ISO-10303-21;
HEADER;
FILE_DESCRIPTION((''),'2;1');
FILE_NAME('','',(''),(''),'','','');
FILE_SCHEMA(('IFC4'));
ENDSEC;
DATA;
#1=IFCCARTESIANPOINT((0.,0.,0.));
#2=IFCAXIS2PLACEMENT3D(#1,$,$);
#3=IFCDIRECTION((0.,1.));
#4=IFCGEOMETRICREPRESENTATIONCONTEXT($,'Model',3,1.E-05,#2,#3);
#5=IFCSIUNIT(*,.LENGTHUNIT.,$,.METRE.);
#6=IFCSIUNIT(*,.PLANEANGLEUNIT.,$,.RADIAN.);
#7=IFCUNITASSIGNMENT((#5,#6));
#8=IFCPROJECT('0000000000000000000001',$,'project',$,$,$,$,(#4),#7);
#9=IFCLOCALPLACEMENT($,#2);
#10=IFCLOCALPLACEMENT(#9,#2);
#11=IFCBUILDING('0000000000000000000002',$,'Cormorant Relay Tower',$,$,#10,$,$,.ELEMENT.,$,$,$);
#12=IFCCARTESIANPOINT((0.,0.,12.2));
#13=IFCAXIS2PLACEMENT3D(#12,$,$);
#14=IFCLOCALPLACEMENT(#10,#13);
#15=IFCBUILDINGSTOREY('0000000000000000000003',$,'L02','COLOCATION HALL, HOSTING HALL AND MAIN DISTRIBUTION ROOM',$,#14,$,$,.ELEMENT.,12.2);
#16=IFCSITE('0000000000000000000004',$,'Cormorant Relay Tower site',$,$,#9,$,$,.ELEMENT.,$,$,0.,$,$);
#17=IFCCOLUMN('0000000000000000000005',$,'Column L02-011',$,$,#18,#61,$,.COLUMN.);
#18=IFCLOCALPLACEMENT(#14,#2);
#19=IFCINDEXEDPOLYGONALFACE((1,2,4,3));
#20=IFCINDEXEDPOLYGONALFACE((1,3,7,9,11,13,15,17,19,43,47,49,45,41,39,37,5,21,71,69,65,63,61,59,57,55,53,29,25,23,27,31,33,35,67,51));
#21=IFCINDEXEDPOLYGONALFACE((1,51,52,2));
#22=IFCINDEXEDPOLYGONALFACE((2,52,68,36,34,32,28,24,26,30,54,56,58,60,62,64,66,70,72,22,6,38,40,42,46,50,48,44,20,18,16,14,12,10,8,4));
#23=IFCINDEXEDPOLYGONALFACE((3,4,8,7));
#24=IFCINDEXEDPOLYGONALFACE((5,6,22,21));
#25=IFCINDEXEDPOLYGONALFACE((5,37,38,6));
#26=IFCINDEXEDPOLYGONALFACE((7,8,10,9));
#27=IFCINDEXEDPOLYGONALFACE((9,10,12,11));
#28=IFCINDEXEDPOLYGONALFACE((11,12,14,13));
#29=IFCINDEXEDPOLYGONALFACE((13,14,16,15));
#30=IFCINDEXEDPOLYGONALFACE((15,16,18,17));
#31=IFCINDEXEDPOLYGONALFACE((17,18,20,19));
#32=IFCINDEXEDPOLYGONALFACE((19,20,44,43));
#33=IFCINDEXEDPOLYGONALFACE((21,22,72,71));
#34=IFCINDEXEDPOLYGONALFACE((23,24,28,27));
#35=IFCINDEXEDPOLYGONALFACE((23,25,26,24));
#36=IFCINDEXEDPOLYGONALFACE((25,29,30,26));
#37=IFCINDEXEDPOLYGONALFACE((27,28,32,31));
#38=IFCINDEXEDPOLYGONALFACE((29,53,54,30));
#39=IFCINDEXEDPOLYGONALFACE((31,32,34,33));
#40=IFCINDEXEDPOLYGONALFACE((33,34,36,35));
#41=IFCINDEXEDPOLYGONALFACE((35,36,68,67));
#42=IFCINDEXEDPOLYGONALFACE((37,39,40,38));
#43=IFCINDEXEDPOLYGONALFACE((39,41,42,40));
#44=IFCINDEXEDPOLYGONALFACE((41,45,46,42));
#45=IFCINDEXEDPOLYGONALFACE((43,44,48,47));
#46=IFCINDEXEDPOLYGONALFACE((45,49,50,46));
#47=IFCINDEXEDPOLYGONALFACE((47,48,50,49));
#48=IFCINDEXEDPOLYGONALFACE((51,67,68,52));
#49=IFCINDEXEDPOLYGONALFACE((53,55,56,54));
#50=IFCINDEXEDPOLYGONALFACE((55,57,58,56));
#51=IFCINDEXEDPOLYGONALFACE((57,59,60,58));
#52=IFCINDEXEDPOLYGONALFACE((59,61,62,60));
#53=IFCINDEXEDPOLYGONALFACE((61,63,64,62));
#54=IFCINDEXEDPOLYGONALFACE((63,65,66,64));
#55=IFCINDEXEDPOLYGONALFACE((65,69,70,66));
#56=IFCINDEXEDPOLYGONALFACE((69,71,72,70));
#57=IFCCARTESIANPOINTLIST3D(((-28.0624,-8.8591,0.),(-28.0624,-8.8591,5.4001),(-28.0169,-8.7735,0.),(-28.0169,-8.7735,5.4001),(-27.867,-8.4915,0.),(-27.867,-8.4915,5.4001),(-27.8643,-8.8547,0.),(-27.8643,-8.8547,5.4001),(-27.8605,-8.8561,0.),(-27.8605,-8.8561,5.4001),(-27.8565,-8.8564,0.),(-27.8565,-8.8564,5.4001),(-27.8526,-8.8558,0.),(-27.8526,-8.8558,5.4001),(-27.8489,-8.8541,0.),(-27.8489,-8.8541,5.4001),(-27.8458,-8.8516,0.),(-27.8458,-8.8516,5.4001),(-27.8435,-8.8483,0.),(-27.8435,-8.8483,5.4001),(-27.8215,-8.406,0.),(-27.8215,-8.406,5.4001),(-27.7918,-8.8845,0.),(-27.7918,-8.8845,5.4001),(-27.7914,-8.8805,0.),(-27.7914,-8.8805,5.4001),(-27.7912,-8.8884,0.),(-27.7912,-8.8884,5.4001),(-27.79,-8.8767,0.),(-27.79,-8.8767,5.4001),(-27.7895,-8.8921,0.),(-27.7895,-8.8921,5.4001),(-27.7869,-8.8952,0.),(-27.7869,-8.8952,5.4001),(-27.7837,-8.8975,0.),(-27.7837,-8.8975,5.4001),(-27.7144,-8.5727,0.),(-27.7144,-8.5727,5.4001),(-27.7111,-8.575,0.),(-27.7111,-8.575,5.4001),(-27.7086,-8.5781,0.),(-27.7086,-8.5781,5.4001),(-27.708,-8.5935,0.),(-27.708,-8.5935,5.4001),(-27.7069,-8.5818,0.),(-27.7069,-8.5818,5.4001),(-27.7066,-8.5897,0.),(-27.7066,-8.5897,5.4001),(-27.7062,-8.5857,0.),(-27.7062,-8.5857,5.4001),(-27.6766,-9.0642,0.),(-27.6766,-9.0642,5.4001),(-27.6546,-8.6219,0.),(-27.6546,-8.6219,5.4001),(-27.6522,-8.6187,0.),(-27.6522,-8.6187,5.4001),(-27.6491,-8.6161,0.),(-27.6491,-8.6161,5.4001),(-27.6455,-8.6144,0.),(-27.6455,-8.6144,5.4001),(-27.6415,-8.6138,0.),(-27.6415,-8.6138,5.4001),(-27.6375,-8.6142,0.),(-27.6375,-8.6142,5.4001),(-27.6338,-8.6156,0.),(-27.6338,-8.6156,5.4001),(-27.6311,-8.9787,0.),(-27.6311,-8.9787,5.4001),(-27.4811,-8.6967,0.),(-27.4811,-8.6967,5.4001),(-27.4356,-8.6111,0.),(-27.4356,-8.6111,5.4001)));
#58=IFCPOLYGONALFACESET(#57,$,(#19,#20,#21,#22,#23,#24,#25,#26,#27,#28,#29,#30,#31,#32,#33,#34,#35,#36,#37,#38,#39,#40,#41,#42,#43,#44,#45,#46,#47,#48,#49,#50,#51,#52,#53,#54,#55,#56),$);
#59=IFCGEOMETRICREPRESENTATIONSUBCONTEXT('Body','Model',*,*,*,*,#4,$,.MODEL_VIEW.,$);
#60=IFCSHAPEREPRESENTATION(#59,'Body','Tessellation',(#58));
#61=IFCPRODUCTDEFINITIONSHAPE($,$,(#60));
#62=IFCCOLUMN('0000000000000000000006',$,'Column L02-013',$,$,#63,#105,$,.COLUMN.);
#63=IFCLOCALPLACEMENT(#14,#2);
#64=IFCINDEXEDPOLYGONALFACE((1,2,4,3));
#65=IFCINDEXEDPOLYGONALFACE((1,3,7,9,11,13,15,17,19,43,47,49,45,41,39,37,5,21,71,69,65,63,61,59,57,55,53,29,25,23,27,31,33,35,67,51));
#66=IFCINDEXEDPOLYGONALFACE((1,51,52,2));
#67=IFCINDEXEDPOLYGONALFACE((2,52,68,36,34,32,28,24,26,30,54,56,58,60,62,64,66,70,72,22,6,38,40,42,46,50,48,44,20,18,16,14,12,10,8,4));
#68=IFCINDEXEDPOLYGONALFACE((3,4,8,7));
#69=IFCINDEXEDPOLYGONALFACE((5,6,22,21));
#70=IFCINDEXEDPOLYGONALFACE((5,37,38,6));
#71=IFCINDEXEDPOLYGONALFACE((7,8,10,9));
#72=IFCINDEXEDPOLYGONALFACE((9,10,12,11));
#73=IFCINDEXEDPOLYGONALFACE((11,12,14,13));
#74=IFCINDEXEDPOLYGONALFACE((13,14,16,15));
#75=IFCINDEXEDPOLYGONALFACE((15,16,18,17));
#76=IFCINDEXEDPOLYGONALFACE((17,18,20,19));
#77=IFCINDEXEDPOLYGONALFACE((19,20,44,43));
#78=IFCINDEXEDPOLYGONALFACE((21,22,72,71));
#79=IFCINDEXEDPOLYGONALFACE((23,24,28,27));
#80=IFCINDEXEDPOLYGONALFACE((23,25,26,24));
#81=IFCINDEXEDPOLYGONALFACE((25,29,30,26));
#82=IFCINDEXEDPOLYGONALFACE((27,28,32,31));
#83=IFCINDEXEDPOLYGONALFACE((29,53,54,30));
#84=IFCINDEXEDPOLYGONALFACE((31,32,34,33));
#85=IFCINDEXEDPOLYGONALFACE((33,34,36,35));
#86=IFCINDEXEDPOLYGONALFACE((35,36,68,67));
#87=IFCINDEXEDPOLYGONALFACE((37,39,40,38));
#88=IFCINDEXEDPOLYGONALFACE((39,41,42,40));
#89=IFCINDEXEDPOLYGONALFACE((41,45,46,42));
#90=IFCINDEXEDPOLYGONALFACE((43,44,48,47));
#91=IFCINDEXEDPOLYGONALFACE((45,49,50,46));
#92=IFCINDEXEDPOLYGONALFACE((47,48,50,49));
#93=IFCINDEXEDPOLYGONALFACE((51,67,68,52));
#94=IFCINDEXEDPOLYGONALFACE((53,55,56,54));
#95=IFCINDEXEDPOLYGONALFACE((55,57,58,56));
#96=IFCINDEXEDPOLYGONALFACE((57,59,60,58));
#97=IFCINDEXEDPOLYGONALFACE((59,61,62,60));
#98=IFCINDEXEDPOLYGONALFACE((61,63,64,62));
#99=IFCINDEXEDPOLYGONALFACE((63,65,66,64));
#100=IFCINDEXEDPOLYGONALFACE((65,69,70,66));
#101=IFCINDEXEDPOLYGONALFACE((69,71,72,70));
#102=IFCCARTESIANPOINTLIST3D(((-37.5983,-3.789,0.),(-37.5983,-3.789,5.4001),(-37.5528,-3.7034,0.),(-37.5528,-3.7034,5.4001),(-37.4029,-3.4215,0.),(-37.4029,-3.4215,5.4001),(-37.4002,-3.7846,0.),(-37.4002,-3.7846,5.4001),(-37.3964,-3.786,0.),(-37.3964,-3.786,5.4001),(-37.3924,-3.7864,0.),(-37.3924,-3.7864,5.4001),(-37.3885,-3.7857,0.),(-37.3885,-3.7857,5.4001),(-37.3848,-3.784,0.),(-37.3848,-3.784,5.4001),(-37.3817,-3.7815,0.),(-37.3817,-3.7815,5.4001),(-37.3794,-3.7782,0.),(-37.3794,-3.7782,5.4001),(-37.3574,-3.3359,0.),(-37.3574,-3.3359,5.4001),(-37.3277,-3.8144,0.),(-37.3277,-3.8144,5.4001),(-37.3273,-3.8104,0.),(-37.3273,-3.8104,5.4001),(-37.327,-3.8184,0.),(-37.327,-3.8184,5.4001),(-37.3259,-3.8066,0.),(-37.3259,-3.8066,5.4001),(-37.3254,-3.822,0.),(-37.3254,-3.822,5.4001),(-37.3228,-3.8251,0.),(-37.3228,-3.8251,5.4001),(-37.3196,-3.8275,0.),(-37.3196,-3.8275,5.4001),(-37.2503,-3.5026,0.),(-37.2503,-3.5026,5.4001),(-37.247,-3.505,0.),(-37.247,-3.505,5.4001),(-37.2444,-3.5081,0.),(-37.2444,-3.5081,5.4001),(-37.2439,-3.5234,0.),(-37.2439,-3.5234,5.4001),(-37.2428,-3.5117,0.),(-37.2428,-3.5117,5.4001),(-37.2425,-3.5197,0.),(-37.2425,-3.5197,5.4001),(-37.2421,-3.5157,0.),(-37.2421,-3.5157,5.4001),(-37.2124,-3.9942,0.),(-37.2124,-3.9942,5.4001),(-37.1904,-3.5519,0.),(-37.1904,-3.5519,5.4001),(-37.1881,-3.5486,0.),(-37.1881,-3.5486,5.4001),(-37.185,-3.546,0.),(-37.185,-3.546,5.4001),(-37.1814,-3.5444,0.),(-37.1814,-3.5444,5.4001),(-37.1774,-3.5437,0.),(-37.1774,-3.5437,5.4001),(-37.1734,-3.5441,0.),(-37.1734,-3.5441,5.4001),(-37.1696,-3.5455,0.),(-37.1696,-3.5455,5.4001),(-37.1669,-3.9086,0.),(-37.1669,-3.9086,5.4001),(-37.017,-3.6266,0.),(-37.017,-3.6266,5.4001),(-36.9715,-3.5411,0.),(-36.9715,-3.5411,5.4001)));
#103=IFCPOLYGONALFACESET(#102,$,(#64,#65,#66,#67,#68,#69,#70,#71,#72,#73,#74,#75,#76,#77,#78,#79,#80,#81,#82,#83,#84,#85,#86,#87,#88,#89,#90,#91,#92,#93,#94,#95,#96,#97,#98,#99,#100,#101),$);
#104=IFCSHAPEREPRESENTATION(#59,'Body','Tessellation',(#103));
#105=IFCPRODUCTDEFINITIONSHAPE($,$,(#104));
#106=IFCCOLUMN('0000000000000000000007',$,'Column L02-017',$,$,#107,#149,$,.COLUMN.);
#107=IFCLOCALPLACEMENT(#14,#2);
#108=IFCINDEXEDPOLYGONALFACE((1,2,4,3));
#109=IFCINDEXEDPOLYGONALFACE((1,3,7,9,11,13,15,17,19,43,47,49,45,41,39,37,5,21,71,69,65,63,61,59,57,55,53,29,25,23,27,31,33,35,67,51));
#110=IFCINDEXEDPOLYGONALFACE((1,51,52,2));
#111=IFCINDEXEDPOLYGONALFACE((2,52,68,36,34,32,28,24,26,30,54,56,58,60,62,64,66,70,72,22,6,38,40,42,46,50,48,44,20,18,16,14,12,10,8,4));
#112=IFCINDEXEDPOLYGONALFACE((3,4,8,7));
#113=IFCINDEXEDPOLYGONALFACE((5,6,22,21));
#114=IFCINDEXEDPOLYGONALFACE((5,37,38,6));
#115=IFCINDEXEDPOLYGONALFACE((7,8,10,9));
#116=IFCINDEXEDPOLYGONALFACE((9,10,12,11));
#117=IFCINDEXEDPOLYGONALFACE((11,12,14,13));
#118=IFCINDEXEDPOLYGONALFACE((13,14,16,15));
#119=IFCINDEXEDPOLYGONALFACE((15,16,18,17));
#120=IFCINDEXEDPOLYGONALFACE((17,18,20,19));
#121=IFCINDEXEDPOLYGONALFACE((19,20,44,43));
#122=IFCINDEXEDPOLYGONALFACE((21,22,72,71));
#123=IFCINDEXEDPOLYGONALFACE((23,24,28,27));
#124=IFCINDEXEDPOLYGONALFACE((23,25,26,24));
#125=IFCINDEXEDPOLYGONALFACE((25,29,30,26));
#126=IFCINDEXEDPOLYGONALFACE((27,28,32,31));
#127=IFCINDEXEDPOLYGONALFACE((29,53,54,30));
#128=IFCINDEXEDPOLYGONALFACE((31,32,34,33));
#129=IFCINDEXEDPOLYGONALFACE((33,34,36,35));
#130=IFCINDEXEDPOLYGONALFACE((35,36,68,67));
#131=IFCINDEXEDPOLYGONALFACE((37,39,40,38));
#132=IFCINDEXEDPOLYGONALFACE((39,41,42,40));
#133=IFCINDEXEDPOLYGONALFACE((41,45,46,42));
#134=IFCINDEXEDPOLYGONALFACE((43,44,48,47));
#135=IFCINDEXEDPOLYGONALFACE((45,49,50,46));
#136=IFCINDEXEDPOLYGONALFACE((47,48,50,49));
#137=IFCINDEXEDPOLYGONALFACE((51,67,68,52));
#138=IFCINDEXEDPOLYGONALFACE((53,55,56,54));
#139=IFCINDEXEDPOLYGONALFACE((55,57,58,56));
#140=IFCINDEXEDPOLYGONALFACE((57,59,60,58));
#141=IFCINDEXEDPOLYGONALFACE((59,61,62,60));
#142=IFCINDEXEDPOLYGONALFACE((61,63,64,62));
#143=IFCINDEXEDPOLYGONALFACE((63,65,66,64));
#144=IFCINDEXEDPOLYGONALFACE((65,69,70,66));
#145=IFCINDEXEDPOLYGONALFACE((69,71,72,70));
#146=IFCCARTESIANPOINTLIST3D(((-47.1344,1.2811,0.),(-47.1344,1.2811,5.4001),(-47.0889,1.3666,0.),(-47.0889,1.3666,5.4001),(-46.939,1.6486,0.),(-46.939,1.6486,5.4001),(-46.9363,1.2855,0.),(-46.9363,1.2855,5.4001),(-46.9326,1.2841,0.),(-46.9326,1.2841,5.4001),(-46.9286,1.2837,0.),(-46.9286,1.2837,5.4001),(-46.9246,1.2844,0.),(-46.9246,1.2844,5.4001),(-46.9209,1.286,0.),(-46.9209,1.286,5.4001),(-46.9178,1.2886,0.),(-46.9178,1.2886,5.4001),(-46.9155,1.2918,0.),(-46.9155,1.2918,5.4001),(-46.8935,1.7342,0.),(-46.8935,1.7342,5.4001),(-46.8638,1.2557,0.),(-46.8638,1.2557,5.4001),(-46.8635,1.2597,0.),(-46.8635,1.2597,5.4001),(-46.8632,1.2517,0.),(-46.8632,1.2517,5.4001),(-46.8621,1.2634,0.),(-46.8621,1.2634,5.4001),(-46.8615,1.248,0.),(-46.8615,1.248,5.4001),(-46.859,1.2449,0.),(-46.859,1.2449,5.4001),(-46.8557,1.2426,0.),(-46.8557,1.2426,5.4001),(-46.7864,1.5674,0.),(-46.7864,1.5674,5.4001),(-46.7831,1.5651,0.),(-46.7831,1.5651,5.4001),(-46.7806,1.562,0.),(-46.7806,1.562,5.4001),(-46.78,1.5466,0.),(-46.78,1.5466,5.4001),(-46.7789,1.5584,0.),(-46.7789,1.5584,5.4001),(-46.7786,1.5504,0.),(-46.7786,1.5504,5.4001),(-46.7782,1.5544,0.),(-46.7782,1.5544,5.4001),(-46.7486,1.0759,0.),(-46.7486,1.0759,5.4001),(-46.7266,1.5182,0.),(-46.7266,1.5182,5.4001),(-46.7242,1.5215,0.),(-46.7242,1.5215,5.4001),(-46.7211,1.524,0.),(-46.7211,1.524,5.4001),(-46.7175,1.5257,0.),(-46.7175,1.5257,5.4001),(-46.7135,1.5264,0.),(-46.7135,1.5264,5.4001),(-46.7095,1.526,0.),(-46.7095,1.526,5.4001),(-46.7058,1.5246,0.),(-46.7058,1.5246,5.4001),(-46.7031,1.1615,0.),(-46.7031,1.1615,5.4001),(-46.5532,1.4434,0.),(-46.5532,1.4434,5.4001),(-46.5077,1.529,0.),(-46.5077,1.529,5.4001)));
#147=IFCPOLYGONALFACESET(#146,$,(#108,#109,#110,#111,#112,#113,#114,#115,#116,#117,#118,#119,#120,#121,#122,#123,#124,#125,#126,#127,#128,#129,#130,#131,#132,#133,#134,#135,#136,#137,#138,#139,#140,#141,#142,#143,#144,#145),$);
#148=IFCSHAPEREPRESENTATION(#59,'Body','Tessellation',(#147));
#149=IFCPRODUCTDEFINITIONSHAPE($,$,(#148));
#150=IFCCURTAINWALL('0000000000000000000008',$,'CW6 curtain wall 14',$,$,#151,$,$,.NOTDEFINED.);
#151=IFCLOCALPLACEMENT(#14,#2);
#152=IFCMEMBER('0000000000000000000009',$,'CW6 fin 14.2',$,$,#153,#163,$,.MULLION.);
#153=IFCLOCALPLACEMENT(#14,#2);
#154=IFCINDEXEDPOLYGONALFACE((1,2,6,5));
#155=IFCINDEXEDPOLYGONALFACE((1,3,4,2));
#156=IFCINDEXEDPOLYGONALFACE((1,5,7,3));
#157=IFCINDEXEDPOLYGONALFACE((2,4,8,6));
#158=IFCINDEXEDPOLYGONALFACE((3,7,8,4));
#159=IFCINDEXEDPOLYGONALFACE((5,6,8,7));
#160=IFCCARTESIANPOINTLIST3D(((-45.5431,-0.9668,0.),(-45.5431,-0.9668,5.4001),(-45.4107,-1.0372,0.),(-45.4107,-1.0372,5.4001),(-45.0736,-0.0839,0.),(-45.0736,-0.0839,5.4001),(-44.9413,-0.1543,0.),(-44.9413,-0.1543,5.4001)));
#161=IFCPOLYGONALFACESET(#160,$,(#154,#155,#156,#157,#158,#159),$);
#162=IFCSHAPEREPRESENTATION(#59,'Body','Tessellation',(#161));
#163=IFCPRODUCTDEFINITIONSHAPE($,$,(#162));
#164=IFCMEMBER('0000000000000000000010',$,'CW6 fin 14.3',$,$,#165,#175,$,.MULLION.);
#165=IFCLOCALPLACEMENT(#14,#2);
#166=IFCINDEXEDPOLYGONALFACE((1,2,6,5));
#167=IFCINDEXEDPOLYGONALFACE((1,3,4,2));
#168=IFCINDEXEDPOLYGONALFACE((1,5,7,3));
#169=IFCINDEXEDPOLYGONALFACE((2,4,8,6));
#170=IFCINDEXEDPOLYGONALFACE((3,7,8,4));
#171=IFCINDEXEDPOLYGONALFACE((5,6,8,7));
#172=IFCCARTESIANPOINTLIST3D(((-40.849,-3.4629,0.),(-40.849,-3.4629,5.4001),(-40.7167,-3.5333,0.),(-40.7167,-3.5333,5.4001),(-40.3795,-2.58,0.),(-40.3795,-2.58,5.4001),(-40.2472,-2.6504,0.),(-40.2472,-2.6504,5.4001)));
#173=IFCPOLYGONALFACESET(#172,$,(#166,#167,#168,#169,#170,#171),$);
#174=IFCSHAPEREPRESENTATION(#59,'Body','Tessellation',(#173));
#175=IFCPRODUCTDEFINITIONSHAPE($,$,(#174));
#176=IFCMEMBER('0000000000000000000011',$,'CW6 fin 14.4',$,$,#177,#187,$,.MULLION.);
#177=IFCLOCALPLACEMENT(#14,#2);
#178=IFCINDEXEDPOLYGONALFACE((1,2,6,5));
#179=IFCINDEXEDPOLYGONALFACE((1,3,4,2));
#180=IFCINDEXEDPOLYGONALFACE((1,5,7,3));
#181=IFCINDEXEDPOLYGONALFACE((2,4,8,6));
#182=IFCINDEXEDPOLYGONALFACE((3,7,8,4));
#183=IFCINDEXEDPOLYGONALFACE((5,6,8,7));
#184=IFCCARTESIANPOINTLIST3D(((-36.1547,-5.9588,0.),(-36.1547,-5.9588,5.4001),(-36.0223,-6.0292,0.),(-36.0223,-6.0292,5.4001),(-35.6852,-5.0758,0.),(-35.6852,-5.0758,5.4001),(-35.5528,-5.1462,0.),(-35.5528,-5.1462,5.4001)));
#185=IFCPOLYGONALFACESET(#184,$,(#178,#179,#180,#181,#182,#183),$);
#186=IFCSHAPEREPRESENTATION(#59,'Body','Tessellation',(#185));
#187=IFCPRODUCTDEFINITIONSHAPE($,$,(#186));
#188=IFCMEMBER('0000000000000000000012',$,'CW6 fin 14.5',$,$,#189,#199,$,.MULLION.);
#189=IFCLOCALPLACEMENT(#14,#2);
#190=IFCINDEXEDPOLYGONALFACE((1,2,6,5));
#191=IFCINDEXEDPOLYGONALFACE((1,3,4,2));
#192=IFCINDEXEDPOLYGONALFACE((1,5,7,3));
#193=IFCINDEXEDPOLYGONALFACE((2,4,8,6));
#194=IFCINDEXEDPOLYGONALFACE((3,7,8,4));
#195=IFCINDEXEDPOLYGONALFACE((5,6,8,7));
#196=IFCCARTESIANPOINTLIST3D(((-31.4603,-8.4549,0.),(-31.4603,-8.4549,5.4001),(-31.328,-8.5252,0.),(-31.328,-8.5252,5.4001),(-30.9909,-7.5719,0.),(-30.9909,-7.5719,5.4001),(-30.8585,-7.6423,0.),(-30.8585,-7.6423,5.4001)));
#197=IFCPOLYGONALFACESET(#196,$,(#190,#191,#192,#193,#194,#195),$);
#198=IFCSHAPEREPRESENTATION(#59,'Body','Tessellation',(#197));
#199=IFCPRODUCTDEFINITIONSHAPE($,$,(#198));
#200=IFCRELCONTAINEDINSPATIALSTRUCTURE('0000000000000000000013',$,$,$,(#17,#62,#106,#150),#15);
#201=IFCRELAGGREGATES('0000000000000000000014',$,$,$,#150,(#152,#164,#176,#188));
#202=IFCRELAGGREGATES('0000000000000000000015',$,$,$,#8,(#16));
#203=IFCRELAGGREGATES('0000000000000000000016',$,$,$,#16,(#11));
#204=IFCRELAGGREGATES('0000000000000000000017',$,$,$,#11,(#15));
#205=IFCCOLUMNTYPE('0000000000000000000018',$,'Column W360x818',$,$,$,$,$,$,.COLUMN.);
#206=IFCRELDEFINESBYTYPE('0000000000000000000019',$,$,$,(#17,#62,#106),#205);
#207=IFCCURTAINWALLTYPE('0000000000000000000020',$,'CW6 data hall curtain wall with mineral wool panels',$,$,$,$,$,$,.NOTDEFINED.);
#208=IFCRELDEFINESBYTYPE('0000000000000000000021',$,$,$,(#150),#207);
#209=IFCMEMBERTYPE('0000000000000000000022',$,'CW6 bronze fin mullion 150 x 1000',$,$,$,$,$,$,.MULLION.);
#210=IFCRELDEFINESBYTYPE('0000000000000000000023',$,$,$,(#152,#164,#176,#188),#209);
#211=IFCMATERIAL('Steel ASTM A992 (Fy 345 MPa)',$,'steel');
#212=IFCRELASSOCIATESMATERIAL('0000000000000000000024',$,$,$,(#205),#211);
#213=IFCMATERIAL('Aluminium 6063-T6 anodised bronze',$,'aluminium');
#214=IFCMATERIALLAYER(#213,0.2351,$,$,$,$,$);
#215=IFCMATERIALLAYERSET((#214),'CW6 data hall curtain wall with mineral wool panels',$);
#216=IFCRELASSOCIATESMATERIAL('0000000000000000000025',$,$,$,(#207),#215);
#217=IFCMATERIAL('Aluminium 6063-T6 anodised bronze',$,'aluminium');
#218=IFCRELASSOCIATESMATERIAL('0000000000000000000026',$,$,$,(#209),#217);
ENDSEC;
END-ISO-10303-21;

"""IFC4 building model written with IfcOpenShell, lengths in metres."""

from ifc_helpers import new_model, si_unit, direction, frame, origin, origin_2d, place, context, subcontext, project, spatial, rectangle, i_section, extrude, material, layer, layer_set, material_profile, profile_set, type_object, element, aggregate, save


model = new_model("IFC4")

# Units and contexts
model_context = context("Model", 3, precision=1e-05, world=origin(), true_north=direction((0.0, 1.0)))
body_context = subcontext(model_context, "Body", "Model", "MODEL_VIEW")
ifc_project = project(units=[si_unit("LENGTHUNIT", "METRE"), si_unit("PLANEANGLEUNIT", "RADIAN")], contexts=[model_context])

# Site, building, storey
site_placement = place(None, origin())
site = spatial("IfcSite", under=ifc_project, at=site_placement, Name="Cormorant Relay Tower site", CompositionType="ELEMENT", RefElevation=0.0)
building_placement = place(site_placement, origin())
building = spatial("IfcBuilding", under=site, at=building_placement, Name="Cormorant Relay Tower", CompositionType="ELEMENT")
storey_placement = place(building_placement, frame((0.0, 0.0, 12.2)))
storey = spatial("IfcBuildingStorey", under=building, at=storey_placement, Name="L02", Description="COLOCATION HALL, HOSTING HALL AND MAIN DISTRIBUTION ROOM", CompositionType="ELEMENT", Elevation=12.2)

# Columns
ifc_material_1 = material(Name="Steel ASTM A992 (Fy 345 MPa)", Category="steel")
ifc_material_profile_1 = material_profile(ifc_material_1, i_section(OverallWidth=0.437, OverallDepth=0.5132, WebThickness=0.0605, FlangeThickness=0.0969, FilletRadius=0.0154, at=origin_2d()), Name="W360x818")
ifc_profile_set_1 = profile_set([ifc_material_profile_1], Name="Steel ASTM A992 (Fy 345 MPa)")
column_type = type_object("IfcColumnType", Name="Column W360x818", PredefinedType="COLUMN", material=ifc_profile_set_1)
for number, where, z_axis, x_axis, name in (
    (1, (-27.749, -8.7351, 0.0), (0.0, 0.0, 1.0), (0.882948, -0.469472, 0.0), "Column L02-011"),
    (2, (-37.2849, -3.665, 0.0), (0.0, 0.0, 1.0), (0.882948, -0.469472, 0.0), "Column L02-013"),
    (3, (-46.821, 1.405, 0.0), (0.0, 0.0, 1.0), (0.882948, -0.469472, 0.0), "Column L02-017"),
):
    element("IfcColumn", number, at=place(storey_placement, frame(where, z_axis=z_axis, x_axis=x_axis)), inside=storey, type_object=column_type, Name=name, PredefinedType="COLUMN", context=body_context, shape_type="SweptSolid", body=[
        extrude(i_section(OverallWidth=0.437, OverallDepth=0.5132, WebThickness=0.0605, FlangeThickness=0.0969, FilletRadius=0.0154, at=origin_2d()), origin(), (0.0, 0.0, 1.0), 5.4001),
    ])

# Curtain wall, members
ifc_material_2 = material(Name="Aluminium 6063-T6 anodised bronze", Category="aluminium")
ifc_layer_1 = layer(ifc_material_2, 0.2351)
ifc_layer_set_1 = layer_set([ifc_layer_1], Name="CW6 data hall curtain wall with mineral wool panels")
curtain_wall_type = type_object("IfcCurtainWallType", Name="CW6 data hall curtain wall with mineral wool panels", PredefinedType="NOTDEFINED", material=ifc_layer_set_1)
curtain_wall_placement = place(storey_placement, origin())
curtain_wall = element("IfcCurtainWall", 4, at=curtain_wall_placement, inside=storey, type_object=curtain_wall_type, Name="CW6 curtain wall 14", PredefinedType="NOTDEFINED")
ifc_material_3 = material(Name="Aluminium 6063-T6 anodised bronze", Category="aluminium")
ifc_material_profile_2 = material_profile(ifc_material_3, rectangle(XDim=0.1499, YDim=1.0, at=origin_2d()), Name="AL 150x1000")
ifc_profile_set_2 = profile_set([ifc_material_profile_2], Name="Aluminium 6063-T6 anodised bronze")
member_type = type_object("IfcMemberType", Name="CW6 bronze fin mullion 150 x 1000", PredefinedType="MULLION", material=ifc_profile_set_2)
member_1_placement = place(storey_placement, frame((-45.2422, -0.5605, 0.0), z_axis=(0.0, 0.0, 1.0), x_axis=(0.882948, -0.469472, 0.0)))
member_1 = element("IfcMember", 5, at=member_1_placement, type_object=member_type, Name="CW6 fin 14.2", PredefinedType="MULLION", context=body_context, shape_type="SweptSolid", body=[
    extrude(rectangle(XDim=0.1499, YDim=1.0, at=origin_2d()), origin(), (0.0, 0.0, 1.0), 5.4001),
])
member_2_placement = place(storey_placement, frame((-40.5481, -3.0566, 0.0), z_axis=(0.0, 0.0, 1.0), x_axis=(0.882948, -0.469472, 0.0)))
member_2 = element("IfcMember", 6, at=member_2_placement, type_object=member_type, Name="CW6 fin 14.3", PredefinedType="MULLION", context=body_context, shape_type="SweptSolid", body=[
    extrude(rectangle(XDim=0.1499, YDim=1.0, at=origin_2d()), origin(), (0.0, 0.0, 1.0), 5.4001),
])
member_3_placement = place(storey_placement, frame((-35.8538, -5.5525, 0.0), z_axis=(0.0, 0.0, 1.0), x_axis=(0.882948, -0.469472, 0.0)))
member_3 = element("IfcMember", 7, at=member_3_placement, type_object=member_type, Name="CW6 fin 14.4", PredefinedType="MULLION", context=body_context, shape_type="SweptSolid", body=[
    extrude(rectangle(XDim=0.1499, YDim=1.0, at=origin_2d()), origin(), (0.0, 0.0, 1.0), 5.4001),
])
member_4_placement = place(storey_placement, frame((-31.1594, -8.0486, 0.0), z_axis=(0.0, 0.0, 1.0), x_axis=(0.882948, -0.469472, 0.0)))
member_4 = element("IfcMember", 8, at=member_4_placement, type_object=member_type, Name="CW6 fin 14.5", PredefinedType="MULLION", context=body_context, shape_type="SweptSolid", body=[
    extrude(rectangle(XDim=0.1499, YDim=1.0, at=origin_2d()), origin(), (0.0, 0.0, 1.0), 5.4001),
])

aggregate(curtain_wall, [member_1, member_2, member_3, member_4])

save(model, "model.ifc")
